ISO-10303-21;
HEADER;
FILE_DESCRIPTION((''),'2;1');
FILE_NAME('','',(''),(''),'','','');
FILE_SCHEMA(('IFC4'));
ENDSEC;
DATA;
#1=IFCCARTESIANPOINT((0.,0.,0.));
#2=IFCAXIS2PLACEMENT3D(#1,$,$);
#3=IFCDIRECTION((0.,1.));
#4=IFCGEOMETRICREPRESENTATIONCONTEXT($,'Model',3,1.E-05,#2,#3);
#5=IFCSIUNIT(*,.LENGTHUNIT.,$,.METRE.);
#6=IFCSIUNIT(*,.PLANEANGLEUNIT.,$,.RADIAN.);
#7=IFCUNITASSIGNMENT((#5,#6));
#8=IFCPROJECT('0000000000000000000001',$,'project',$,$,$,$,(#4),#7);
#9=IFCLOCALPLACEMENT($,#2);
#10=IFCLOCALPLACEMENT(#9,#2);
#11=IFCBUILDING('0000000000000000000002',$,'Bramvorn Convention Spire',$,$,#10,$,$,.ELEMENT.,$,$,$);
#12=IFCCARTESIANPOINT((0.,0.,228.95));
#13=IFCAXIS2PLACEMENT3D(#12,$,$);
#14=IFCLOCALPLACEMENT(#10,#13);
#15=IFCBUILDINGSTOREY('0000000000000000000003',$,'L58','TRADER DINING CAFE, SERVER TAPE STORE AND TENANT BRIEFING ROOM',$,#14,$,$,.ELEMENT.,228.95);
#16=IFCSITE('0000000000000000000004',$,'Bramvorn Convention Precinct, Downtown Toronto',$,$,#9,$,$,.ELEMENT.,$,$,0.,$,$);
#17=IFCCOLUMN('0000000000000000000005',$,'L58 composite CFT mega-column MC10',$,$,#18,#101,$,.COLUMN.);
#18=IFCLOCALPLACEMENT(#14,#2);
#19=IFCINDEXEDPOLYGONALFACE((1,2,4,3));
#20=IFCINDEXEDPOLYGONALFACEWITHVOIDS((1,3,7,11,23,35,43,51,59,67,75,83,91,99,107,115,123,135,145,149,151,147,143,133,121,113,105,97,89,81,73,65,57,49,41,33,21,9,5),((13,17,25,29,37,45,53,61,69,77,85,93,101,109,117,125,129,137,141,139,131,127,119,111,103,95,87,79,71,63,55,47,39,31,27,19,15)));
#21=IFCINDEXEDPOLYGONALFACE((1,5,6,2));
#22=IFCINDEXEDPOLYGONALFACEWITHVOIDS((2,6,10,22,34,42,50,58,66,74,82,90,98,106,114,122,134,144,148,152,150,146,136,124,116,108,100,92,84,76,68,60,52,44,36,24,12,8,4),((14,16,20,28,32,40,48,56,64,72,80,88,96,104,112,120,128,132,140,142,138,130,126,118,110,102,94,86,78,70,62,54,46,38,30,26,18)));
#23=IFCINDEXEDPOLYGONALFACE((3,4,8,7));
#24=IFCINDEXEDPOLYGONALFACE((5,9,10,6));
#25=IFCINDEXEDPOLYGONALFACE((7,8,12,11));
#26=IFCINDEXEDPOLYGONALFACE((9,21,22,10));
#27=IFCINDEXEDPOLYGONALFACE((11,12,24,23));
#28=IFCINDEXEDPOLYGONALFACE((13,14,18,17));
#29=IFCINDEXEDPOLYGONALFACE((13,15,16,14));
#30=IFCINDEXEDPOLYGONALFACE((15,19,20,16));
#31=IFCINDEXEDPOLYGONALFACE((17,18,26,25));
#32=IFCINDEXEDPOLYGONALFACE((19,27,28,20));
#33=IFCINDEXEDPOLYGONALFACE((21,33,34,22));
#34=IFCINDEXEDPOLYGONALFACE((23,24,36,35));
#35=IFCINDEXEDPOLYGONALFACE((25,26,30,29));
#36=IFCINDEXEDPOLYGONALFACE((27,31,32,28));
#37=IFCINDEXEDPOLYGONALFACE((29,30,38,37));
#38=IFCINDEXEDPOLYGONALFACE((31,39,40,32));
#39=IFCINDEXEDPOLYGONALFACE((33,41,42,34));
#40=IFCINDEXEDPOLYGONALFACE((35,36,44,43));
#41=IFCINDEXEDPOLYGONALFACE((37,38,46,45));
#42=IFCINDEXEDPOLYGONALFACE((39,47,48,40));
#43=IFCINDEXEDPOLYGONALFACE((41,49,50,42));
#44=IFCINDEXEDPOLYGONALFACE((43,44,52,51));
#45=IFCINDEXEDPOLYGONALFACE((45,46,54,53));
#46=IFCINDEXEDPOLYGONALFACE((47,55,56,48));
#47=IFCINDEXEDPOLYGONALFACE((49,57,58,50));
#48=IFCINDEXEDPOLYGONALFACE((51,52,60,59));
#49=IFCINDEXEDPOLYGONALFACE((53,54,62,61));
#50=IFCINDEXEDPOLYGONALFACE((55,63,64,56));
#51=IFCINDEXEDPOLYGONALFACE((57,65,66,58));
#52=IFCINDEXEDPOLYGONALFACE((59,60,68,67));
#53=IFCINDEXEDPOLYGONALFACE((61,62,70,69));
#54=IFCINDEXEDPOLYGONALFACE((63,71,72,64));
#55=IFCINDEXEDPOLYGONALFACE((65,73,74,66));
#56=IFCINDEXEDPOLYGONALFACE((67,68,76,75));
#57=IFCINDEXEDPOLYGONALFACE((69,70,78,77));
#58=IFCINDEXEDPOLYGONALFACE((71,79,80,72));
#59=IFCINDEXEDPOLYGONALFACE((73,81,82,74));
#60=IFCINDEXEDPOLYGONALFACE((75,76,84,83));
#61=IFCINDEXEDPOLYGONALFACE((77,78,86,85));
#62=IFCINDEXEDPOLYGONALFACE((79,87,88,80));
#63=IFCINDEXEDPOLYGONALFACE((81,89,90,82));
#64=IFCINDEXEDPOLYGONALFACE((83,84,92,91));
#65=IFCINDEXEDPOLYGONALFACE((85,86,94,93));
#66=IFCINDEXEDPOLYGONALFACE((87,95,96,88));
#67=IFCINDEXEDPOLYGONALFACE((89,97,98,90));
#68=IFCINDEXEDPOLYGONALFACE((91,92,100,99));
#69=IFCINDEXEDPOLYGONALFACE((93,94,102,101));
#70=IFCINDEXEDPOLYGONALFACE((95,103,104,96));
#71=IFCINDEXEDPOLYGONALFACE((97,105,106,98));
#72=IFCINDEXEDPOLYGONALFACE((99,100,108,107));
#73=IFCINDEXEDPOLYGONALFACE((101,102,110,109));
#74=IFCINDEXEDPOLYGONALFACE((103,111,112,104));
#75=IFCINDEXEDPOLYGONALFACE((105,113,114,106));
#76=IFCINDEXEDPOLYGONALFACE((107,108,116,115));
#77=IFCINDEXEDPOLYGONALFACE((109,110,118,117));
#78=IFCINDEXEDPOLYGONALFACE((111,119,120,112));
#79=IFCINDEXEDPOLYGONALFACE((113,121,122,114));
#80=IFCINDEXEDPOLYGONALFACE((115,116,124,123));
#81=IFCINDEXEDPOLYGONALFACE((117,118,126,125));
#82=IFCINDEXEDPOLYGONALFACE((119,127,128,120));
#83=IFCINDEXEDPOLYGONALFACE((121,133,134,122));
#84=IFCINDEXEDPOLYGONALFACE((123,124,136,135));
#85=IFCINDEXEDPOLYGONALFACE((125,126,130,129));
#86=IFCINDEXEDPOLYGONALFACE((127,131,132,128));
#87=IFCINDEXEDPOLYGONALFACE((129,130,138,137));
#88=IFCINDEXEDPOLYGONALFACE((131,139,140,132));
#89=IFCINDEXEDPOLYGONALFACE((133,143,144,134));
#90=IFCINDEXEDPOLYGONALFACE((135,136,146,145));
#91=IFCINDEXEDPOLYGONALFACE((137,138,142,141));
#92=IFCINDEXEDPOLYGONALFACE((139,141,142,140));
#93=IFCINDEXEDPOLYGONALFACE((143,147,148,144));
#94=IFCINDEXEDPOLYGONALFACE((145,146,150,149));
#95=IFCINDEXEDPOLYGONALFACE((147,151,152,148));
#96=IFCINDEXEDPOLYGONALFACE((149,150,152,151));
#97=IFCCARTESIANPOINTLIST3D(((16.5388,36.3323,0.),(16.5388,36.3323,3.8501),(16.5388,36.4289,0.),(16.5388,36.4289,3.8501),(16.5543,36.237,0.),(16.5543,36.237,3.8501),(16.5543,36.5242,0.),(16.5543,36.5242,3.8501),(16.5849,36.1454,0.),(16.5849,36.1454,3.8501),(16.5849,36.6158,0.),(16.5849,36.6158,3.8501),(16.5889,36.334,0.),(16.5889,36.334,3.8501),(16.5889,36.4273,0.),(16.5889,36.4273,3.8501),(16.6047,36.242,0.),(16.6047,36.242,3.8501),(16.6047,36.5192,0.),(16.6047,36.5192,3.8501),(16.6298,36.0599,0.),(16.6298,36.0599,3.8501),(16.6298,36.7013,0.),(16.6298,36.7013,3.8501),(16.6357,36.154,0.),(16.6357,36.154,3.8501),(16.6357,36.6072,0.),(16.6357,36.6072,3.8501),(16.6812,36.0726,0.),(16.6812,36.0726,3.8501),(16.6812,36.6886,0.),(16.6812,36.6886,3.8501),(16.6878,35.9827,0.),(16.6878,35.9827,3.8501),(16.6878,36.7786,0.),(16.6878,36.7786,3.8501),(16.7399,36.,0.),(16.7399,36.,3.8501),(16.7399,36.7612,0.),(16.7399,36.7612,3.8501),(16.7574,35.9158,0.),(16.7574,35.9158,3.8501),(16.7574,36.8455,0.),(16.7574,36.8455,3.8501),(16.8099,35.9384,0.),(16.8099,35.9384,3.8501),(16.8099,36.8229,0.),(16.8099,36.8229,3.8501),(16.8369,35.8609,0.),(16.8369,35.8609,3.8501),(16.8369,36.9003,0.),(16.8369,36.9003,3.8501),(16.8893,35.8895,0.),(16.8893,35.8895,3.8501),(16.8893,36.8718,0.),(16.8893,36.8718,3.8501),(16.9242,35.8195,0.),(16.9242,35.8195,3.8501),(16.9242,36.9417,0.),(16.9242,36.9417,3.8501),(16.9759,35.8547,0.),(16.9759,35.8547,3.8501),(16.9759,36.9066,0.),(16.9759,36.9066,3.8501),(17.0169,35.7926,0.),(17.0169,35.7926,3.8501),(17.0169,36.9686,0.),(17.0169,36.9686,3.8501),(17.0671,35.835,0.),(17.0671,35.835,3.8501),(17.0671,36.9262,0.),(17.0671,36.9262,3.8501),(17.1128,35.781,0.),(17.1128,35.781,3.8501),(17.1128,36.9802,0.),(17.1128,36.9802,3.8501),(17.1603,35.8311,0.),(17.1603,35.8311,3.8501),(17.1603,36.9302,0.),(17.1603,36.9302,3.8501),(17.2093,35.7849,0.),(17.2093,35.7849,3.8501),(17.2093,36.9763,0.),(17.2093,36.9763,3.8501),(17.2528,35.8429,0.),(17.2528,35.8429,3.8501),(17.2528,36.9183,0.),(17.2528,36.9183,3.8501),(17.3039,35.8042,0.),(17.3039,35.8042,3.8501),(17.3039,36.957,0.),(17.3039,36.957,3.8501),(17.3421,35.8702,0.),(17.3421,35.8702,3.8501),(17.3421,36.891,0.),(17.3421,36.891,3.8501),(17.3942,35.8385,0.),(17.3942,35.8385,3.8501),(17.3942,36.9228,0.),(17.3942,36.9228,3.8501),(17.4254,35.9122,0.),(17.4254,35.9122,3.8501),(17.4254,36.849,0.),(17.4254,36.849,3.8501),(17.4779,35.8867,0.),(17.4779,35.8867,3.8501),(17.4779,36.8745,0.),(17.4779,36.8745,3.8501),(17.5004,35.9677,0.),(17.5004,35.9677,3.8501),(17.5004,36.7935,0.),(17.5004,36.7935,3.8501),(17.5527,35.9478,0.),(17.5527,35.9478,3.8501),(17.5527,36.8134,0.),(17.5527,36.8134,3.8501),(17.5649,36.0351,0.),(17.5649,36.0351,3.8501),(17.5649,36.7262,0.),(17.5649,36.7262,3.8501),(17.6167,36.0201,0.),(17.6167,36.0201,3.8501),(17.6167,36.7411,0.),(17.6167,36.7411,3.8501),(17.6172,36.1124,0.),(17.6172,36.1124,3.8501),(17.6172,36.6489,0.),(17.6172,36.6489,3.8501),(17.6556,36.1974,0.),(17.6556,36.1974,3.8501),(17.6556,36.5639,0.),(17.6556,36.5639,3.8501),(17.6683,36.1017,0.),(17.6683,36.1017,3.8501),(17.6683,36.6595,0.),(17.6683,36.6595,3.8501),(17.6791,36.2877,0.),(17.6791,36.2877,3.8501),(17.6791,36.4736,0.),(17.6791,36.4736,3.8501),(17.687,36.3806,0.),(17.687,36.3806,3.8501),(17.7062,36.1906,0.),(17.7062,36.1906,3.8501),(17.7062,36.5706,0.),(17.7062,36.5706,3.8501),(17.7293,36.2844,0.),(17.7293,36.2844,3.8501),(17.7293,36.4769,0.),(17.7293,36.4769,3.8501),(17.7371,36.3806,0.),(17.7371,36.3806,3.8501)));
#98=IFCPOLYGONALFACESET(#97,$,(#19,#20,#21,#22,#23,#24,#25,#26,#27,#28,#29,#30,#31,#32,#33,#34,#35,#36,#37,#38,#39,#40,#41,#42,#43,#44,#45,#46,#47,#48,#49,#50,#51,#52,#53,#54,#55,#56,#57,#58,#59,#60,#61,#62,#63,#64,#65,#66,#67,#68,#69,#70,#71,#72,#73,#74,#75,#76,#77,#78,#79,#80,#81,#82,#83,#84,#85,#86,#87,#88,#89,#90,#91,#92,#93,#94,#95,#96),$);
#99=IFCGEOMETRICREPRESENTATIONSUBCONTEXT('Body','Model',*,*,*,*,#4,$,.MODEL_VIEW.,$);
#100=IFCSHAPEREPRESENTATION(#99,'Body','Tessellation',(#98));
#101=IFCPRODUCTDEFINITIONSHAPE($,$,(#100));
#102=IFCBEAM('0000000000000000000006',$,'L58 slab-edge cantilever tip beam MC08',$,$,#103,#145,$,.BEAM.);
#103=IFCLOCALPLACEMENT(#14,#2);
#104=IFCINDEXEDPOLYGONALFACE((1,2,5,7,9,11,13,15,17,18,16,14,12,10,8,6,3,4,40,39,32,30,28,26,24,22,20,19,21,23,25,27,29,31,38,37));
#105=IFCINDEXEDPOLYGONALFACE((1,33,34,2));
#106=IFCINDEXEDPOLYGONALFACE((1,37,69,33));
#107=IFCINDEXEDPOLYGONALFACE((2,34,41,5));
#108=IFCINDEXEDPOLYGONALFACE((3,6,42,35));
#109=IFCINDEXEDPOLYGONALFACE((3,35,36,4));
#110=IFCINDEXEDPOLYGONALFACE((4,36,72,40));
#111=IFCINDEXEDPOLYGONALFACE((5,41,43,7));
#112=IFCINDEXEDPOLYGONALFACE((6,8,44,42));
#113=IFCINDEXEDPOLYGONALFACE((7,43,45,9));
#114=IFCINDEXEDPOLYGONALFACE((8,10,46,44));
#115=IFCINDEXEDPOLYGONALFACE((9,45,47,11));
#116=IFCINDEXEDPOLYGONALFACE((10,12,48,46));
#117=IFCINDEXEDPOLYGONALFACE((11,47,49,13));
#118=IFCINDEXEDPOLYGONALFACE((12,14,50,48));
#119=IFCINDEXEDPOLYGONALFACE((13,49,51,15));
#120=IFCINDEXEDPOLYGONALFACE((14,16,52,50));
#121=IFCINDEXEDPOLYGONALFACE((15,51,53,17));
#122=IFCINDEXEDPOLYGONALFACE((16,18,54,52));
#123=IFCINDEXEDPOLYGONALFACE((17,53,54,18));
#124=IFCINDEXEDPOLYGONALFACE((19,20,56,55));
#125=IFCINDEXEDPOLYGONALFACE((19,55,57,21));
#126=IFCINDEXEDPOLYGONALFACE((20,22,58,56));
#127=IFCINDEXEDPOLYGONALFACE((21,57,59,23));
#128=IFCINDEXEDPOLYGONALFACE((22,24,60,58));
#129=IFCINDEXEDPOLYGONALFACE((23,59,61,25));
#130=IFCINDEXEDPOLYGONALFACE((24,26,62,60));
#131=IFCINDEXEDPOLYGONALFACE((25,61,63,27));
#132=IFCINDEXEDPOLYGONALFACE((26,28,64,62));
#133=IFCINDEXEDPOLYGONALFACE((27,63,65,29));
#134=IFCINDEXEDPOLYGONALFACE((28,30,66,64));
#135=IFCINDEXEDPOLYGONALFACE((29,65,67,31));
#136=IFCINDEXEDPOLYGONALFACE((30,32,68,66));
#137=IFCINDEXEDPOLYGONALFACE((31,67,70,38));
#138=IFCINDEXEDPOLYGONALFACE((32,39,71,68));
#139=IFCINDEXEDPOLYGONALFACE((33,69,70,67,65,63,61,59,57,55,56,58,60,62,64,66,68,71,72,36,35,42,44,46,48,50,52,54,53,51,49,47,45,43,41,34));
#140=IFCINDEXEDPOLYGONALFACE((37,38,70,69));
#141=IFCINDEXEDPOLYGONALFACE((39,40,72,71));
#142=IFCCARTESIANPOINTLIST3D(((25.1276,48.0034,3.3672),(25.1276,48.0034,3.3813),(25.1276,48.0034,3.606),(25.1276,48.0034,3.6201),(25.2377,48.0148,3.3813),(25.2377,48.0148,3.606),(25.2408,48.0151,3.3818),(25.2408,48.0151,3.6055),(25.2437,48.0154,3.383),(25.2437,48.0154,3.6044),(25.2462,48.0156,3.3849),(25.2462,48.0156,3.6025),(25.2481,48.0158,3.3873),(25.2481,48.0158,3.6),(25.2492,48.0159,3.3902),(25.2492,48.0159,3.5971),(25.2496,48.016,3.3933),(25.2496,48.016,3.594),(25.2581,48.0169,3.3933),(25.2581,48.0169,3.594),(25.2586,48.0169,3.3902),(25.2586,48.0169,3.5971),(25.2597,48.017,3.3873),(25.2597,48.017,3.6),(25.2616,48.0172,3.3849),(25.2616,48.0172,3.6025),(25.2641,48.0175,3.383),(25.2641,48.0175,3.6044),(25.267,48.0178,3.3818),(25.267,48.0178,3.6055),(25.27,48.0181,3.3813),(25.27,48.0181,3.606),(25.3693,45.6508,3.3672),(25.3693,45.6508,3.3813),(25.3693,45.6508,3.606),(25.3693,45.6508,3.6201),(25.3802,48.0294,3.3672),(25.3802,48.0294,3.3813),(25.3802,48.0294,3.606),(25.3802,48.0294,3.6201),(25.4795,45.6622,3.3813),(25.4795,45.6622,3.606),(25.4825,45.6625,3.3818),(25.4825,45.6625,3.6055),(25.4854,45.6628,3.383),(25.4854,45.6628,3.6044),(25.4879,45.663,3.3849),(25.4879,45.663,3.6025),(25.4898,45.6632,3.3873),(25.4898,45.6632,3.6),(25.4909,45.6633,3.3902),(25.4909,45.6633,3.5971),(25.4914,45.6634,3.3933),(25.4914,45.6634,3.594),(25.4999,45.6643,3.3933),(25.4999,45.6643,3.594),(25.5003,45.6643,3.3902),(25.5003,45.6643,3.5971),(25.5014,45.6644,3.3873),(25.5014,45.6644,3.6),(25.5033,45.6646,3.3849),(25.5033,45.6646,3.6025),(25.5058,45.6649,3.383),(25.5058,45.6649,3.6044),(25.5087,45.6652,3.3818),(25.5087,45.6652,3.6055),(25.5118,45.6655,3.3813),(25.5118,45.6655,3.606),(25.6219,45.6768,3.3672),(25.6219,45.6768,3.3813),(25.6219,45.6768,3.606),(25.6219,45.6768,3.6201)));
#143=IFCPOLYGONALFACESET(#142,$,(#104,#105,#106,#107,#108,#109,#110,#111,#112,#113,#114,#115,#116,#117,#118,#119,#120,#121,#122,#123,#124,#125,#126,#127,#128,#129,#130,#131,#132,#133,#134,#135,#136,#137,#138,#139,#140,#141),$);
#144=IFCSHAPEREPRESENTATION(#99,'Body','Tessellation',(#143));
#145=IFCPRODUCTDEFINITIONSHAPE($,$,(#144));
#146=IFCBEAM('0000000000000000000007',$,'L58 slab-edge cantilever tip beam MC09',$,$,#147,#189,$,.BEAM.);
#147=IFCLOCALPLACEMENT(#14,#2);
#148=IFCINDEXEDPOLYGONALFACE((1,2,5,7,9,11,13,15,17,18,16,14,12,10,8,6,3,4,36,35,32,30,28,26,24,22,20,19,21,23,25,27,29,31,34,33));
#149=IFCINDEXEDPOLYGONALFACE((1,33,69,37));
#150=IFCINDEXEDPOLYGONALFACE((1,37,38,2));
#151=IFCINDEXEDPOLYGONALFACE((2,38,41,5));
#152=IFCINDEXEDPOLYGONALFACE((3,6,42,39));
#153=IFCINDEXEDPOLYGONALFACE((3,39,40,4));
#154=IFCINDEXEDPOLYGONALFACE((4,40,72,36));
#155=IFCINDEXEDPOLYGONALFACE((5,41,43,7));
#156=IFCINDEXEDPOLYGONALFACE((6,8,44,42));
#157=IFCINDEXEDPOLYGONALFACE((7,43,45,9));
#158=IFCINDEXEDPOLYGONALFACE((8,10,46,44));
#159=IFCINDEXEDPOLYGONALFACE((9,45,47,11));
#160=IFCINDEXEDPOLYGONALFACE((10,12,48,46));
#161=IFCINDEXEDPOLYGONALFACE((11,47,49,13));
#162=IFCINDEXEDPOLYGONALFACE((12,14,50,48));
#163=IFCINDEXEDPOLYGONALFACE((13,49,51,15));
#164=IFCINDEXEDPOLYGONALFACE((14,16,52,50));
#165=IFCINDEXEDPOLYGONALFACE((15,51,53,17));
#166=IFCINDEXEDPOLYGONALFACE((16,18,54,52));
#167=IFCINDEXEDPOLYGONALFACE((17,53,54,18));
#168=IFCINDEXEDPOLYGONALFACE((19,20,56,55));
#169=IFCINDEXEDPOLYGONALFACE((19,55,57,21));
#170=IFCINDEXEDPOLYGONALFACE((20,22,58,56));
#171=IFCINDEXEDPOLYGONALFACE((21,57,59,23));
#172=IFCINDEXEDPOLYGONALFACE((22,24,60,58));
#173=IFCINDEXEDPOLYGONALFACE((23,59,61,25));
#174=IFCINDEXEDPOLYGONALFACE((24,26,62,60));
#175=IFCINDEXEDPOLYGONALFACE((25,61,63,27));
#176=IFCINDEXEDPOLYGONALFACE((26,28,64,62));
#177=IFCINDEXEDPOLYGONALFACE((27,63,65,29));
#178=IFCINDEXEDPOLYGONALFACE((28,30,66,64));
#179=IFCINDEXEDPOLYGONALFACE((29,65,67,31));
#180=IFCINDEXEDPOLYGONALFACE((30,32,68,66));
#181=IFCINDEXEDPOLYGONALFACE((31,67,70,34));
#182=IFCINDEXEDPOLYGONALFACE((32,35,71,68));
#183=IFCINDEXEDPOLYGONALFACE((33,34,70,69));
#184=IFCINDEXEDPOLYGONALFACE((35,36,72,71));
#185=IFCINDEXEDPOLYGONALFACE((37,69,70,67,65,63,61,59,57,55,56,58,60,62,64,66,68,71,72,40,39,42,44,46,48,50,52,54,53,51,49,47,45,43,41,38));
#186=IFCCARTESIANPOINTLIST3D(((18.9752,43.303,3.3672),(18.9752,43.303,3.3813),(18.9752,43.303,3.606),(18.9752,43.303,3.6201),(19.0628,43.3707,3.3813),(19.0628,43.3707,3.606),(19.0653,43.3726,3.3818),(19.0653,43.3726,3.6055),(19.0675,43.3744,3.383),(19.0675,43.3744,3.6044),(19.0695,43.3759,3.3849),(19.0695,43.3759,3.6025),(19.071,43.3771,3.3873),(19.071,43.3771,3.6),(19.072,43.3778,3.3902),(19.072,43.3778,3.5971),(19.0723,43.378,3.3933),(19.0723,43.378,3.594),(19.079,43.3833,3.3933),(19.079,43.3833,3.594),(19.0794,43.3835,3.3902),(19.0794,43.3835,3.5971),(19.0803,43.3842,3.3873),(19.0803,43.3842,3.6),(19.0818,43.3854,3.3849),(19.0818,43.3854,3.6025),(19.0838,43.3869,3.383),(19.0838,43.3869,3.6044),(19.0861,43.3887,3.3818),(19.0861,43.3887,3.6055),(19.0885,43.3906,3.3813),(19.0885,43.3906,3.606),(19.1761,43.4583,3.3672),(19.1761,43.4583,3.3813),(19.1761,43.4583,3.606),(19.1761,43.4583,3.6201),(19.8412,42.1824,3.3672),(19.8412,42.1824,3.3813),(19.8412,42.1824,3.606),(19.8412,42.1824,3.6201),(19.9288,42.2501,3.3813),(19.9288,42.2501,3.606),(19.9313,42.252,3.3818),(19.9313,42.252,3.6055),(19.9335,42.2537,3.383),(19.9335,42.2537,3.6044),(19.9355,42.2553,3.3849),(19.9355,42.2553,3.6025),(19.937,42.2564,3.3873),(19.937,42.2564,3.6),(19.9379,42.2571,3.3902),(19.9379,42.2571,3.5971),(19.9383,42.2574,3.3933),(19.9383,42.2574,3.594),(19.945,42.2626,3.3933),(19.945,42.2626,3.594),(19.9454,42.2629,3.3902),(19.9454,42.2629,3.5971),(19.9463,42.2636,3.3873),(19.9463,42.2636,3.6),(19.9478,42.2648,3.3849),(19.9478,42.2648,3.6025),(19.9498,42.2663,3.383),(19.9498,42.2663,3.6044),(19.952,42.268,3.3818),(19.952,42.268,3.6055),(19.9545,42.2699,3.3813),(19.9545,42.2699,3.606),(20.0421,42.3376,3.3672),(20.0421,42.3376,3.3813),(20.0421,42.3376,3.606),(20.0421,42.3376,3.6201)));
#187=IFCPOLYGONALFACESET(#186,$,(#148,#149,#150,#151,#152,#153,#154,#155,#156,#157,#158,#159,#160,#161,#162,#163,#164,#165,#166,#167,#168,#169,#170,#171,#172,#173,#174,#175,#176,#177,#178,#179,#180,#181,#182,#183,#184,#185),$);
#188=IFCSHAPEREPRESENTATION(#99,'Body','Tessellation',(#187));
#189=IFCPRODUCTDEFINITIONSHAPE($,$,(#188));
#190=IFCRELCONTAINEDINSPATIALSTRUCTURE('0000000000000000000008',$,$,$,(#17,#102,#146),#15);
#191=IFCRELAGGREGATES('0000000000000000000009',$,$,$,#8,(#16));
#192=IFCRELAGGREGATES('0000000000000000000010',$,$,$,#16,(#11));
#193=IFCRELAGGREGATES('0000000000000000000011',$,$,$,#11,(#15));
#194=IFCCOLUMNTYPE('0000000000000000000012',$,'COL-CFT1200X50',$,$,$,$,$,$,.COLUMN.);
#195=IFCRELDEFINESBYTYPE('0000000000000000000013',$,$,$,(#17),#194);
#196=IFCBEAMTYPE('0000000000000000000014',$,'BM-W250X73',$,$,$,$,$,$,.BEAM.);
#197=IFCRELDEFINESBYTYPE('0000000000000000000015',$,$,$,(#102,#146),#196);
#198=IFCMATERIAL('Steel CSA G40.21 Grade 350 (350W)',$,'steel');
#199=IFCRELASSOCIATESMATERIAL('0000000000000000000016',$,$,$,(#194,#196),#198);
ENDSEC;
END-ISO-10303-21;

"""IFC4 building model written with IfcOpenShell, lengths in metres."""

from ifc_helpers import new_model, si_unit, direction, frame, origin, origin_2d, place, context, subcontext, project, spatial, hollow_circle, i_section, extrude, material, material_profile, profile_set, type_object, element, save


model = new_model("IFC4")

# Units and contexts
model_context = context("Model", 3, precision=1e-05, world=origin(), true_north=direction((0.0, 1.0)))
body_context = subcontext(model_context, "Body", "Model", "MODEL_VIEW")
ifc_project = project(units=[si_unit("LENGTHUNIT", "METRE"), si_unit("PLANEANGLEUNIT", "RADIAN")], contexts=[model_context])

# Site, building, storey
site_placement = place(None, origin())
site = spatial("IfcSite", under=ifc_project, at=site_placement, Name="Bramvorn Convention Precinct, Downtown Toronto", CompositionType="ELEMENT", RefElevation=0.0)
building_placement = place(site_placement, origin())
building = spatial("IfcBuilding", under=site, at=building_placement, Name="Bramvorn Convention Spire", CompositionType="ELEMENT")
storey_placement = place(building_placement, frame((0.0, 0.0, 228.95)))
storey = spatial("IfcBuildingStorey", under=building, at=storey_placement, Name="L58", Description="TRADER DINING CAFE, SERVER TAPE STORE AND TENANT BRIEFING ROOM", CompositionType="ELEMENT", Elevation=228.95)

# Column
ifc_material_1 = material(Name="Steel CSA G40.21 Grade 350 (350W)", Category="steel")
ifc_material_profile_1 = material_profile(ifc_material_1, hollow_circle(Radius=0.6001, WallThickness=0.05, at=origin_2d()))
ifc_profile_set_1 = profile_set([ifc_material_profile_1], Name="Steel CSA G40.21 Grade 350 (350W) - CFT1200X50")
column_type = type_object("IfcColumnType", Name="COL-CFT1200X50", PredefinedType="COLUMN", material=ifc_profile_set_1)
for number, where, z_axis, x_axis, name in (
    (1, (17.137, 36.3806, 0.0), (0.0, 0.0, 1.0), (1.0, 0.0, 0.0), "L58 composite CFT mega-column MC10"),
):
    element("IfcColumn", number, at=place(storey_placement, frame(where, z_axis=z_axis, x_axis=x_axis)), inside=storey, type_object=column_type, Name=name, PredefinedType="COLUMN", context=body_context, shape_type="SweptSolid", body=[
        extrude(hollow_circle(Radius=0.6001, WallThickness=0.05, at=origin_2d()), origin(), (0.0, 0.0, 1.0), 3.8501),
    ])

# Beams
ifc_material_profile_2 = material_profile(ifc_material_1, i_section(OverallWidth=0.2539, OverallDepth=0.2529, WebThickness=0.0085, FlangeThickness=0.0142, FilletRadius=0.012, at=origin_2d()))
ifc_profile_set_2 = profile_set([ifc_material_profile_2], Name="Steel CSA G40.21 Grade 350 (350W) - W250X73")
beam_type_1 = type_object("IfcBeamType", Name="BM-W250X73", PredefinedType="BEAM", material=ifc_profile_set_2)
beam_1_placement = place(storey_placement, frame((25.4956, 45.6638, 3.4937), z_axis=(-0.102202, 0.994764, 0.0), x_axis=(-0.994764, -0.102202, 0.0)))
element("IfcBeam", 2, at=beam_1_placement, inside=storey, type_object=beam_type_1, Name="L58 slab-edge cantilever tip beam MC08", PredefinedType="BEAM", context=body_context, shape_type="SweptSolid", body=[
    extrude(i_section(OverallWidth=0.2539, OverallDepth=0.2529, WebThickness=0.0085, FlangeThickness=0.0142, FilletRadius=0.012, at=origin_2d()), origin(), (0.0, 0.0, 1.0), 2.365),
])
beam_2_placement = place(storey_placement, frame((19.9417, 42.26, 3.4937), z_axis=(-0.611467, 0.79127, 0.0), x_axis=(-0.79127, -0.611467, 0.0)))
element("IfcBeam", 3, at=beam_2_placement, inside=storey, type_object=beam_type_1, Name="L58 slab-edge cantilever tip beam MC09", PredefinedType="BEAM", context=body_context, shape_type="SweptSolid", body=[
    extrude(i_section(OverallWidth=0.2539, OverallDepth=0.2529, WebThickness=0.0085, FlangeThickness=0.0142, FilletRadius=0.012, at=origin_2d()), origin(), (0.0, 0.0, 1.0), 1.4163),
])

save(model, "model.ifc")
